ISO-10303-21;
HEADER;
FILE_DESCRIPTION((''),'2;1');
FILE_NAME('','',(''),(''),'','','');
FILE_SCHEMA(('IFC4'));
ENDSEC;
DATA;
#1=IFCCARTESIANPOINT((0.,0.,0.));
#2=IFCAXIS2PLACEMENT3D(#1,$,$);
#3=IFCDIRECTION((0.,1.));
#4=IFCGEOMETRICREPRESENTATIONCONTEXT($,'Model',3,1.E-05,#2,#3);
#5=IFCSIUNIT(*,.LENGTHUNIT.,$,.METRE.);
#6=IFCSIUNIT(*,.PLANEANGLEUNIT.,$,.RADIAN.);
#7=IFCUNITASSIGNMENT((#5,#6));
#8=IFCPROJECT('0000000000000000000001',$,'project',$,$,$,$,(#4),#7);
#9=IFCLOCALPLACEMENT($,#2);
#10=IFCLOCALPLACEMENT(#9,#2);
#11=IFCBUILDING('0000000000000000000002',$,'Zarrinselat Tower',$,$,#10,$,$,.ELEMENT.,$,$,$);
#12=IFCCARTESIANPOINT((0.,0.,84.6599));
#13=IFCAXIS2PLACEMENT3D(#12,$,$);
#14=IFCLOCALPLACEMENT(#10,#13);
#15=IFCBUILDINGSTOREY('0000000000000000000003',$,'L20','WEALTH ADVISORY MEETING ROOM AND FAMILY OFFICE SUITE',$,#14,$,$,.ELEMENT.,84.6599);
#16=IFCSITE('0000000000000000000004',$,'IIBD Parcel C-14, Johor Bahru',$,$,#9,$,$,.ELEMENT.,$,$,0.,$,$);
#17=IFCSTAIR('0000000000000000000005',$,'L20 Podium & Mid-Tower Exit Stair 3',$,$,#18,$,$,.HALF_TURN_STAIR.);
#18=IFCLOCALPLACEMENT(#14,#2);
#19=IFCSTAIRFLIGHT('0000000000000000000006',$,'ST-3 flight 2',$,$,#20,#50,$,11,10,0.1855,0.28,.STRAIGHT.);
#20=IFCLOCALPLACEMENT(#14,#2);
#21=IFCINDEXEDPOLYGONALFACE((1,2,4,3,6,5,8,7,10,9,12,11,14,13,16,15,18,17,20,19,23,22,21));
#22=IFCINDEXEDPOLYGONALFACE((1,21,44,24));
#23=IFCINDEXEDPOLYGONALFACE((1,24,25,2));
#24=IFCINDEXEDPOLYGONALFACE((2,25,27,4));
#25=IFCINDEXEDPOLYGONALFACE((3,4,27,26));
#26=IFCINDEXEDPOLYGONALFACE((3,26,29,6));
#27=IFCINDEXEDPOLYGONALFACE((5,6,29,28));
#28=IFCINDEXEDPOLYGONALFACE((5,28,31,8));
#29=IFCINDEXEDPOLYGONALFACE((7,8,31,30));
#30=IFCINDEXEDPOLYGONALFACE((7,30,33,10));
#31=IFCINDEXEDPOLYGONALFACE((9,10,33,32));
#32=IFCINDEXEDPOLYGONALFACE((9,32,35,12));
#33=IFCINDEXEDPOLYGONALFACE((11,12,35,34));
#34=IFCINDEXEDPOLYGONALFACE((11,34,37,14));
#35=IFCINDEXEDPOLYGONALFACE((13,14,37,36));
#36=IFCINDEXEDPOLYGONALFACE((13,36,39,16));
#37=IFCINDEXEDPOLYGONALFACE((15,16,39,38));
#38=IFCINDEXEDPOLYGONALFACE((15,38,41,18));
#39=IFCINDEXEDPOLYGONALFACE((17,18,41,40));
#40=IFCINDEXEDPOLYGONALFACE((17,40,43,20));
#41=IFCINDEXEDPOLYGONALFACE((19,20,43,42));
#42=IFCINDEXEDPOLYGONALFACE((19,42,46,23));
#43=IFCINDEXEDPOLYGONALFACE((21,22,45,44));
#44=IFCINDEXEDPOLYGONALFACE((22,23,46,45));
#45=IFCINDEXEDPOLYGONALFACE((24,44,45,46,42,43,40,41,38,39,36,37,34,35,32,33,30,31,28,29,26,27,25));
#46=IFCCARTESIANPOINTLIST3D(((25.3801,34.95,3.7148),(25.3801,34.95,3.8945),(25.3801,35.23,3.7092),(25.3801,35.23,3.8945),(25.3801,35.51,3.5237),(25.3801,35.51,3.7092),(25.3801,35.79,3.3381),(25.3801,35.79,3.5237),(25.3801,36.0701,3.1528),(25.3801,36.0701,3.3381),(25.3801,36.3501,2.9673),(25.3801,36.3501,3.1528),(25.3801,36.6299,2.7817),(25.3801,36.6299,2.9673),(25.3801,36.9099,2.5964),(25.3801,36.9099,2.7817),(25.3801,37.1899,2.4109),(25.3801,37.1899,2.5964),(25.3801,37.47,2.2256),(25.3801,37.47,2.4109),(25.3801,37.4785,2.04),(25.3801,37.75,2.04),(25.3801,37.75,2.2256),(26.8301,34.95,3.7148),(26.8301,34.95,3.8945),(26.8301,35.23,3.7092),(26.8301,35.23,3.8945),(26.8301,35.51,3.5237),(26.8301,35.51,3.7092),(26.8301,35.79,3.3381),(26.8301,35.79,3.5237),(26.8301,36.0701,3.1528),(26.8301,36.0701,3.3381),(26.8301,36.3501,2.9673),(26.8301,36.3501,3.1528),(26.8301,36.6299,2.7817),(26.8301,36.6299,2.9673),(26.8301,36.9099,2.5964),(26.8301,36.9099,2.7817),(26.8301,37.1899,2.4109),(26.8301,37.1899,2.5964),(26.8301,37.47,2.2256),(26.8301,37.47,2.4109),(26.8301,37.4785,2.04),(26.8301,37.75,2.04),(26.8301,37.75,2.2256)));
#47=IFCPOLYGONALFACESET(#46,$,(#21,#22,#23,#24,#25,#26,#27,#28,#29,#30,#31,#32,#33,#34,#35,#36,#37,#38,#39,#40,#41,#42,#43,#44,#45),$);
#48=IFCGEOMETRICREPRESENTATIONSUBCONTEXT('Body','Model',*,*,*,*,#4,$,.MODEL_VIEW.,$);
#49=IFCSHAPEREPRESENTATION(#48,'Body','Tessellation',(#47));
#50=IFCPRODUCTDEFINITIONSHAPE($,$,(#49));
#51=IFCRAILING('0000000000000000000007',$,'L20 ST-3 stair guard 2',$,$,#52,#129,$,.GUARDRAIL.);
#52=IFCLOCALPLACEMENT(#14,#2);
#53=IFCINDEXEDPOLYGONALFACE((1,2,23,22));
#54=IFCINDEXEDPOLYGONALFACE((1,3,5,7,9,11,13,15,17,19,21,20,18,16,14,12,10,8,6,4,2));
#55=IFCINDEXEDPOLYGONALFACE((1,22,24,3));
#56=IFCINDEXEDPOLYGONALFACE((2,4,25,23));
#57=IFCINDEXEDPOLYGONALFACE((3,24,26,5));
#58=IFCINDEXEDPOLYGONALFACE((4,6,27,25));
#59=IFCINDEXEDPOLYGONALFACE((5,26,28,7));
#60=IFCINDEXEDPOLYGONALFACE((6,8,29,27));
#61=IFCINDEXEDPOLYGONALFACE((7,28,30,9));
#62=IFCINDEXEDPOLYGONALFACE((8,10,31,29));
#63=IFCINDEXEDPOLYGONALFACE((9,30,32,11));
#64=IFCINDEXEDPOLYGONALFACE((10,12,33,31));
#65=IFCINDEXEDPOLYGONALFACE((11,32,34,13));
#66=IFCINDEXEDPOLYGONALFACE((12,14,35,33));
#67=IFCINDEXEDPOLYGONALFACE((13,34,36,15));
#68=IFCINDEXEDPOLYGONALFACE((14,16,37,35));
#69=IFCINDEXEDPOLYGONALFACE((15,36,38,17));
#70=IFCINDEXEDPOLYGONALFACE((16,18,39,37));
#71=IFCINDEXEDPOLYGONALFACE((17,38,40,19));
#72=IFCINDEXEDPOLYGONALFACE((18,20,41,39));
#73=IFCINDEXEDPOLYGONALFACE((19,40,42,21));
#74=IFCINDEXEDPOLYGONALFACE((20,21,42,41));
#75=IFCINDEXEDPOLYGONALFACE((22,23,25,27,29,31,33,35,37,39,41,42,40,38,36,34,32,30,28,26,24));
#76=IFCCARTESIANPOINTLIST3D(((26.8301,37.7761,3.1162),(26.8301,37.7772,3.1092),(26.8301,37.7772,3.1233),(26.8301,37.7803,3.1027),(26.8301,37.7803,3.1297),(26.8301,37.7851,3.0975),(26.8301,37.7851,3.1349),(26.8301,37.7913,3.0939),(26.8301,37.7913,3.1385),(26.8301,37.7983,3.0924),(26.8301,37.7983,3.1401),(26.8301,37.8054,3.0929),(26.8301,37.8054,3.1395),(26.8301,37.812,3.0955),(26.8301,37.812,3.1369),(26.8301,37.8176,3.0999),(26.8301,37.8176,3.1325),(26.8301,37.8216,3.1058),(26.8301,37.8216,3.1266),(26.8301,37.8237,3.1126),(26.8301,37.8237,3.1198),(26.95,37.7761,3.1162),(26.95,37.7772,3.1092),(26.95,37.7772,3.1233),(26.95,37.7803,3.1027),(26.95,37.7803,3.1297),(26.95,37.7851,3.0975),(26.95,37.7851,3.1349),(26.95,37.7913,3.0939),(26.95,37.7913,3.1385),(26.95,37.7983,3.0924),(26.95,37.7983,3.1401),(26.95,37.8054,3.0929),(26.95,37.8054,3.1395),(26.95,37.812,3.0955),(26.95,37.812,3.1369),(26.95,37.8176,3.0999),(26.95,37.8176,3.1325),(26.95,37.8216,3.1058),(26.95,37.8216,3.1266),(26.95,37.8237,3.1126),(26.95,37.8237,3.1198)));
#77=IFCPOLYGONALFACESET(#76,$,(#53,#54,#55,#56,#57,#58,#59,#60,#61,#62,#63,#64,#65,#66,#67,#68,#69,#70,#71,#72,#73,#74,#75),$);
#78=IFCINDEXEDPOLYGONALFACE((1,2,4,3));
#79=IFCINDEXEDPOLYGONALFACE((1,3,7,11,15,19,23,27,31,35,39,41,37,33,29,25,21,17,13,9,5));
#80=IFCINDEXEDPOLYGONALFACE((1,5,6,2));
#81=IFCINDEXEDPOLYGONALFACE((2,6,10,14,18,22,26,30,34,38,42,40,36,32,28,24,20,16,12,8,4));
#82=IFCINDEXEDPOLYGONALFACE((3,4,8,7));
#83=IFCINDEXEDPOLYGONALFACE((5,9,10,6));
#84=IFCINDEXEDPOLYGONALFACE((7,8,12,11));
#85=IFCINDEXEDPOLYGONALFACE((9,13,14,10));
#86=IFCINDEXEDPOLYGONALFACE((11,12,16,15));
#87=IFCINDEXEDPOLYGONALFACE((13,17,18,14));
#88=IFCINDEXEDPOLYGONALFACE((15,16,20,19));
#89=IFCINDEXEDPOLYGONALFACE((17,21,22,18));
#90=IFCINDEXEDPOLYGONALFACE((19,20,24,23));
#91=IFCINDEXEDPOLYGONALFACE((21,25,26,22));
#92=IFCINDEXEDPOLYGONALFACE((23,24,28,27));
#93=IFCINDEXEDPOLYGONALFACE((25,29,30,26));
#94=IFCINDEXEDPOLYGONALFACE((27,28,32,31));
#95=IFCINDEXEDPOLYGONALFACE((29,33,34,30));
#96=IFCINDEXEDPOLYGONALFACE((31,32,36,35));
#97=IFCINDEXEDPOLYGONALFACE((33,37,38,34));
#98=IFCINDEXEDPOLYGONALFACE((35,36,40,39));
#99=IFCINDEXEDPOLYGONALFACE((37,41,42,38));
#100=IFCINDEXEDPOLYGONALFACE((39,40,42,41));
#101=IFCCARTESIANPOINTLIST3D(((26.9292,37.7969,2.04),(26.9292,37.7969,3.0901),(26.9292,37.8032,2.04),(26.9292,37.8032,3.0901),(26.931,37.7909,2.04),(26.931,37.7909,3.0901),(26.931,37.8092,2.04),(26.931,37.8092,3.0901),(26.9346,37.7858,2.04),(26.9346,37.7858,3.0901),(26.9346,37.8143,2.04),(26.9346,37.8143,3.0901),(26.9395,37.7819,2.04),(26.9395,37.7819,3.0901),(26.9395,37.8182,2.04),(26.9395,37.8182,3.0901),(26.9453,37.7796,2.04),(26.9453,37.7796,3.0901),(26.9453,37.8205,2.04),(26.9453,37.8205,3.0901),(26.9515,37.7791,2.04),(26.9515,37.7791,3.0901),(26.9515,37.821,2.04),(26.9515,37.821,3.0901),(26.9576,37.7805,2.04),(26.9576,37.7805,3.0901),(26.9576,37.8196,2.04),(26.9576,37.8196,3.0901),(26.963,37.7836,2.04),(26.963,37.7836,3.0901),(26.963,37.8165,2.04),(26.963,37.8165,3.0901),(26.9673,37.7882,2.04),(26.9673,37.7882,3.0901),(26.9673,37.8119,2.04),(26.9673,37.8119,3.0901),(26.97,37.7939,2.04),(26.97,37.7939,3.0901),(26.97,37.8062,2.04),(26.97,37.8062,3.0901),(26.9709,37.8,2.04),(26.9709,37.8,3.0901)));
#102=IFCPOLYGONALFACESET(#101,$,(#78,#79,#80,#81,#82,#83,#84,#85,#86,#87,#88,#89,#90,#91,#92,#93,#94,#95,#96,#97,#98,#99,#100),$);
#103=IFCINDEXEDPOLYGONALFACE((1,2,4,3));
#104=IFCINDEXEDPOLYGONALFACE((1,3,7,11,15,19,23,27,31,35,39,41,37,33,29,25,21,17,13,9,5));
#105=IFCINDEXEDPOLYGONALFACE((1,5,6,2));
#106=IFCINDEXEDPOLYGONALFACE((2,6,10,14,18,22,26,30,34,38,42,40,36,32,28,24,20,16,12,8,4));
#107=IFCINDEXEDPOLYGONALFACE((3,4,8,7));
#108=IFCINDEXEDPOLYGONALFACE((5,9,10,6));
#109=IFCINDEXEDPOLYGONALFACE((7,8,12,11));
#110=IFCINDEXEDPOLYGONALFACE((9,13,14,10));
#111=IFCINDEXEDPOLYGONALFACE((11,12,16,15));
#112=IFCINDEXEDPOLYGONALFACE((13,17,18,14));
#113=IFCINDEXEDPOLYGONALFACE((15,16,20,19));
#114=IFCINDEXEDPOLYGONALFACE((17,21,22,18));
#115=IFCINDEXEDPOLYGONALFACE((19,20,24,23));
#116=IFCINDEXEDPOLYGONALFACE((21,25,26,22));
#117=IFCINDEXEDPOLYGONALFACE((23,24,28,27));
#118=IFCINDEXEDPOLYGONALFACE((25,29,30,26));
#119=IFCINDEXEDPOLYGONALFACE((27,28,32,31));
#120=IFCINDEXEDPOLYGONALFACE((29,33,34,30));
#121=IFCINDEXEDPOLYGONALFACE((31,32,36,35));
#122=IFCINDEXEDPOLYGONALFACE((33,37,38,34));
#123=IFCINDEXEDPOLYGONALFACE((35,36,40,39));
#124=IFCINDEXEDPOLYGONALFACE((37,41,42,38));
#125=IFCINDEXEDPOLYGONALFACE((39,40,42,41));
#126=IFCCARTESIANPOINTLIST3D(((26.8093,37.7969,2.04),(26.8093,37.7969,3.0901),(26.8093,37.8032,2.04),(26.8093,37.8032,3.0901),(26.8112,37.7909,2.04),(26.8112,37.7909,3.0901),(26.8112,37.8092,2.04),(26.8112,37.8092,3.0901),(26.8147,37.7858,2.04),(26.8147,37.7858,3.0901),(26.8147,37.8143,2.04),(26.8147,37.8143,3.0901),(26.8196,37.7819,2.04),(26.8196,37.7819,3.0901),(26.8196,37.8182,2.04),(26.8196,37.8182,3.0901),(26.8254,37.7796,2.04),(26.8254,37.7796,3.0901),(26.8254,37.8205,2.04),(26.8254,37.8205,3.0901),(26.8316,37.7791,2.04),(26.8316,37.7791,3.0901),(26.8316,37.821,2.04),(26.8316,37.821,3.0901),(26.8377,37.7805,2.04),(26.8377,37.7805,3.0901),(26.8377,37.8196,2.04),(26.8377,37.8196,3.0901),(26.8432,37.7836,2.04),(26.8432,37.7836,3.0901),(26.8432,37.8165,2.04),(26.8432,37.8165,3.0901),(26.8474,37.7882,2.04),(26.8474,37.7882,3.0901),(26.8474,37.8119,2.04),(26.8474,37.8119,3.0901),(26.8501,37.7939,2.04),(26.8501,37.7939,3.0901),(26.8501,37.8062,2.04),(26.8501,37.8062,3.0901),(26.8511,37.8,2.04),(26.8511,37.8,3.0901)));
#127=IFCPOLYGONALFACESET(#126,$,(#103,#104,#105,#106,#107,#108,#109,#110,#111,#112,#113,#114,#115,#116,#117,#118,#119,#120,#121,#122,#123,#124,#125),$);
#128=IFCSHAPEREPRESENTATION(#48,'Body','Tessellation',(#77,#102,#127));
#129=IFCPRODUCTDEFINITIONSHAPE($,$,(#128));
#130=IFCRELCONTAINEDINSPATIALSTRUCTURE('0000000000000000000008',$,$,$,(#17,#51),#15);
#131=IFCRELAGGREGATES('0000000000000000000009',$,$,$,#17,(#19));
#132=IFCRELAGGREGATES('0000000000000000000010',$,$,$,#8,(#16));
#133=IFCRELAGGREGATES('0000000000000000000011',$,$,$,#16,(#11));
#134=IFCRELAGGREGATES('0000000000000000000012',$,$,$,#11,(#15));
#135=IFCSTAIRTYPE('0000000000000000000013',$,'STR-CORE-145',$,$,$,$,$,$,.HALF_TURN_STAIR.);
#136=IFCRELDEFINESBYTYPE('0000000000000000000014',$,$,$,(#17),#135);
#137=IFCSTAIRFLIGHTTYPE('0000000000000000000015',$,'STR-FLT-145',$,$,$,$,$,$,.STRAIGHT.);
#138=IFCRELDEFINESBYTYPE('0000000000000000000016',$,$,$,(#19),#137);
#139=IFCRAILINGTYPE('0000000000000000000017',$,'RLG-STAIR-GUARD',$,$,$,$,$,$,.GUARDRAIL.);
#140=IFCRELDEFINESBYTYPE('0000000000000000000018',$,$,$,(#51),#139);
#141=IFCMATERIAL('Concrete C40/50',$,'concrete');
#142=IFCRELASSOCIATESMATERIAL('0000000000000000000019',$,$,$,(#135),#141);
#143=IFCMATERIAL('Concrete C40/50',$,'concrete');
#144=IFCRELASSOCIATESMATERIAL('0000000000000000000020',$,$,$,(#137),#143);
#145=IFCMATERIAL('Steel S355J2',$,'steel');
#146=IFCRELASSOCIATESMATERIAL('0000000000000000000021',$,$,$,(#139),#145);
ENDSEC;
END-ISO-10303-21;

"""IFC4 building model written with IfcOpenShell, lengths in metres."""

from ifc_helpers import new_model, si_unit, direction, frame, origin, origin_2d, place, context, subcontext, project, spatial, polyline, circle, outline, extrude, material, type_object, element, aggregate, save


model = new_model("IFC4")

# Units and contexts
model_context = context("Model", 3, precision=1e-05, world=origin(), true_north=direction((0.0, 1.0)))
body_context = subcontext(model_context, "Body", "Model", "MODEL_VIEW")
ifc_project = project(units=[si_unit("LENGTHUNIT", "METRE"), si_unit("PLANEANGLEUNIT", "RADIAN")], contexts=[model_context])

# Site, building, storey
site_placement = place(None, origin())
site = spatial("IfcSite", under=ifc_project, at=site_placement, Name="IIBD Parcel C-14, Johor Bahru", CompositionType="ELEMENT", RefElevation=0.0)
building_placement = place(site_placement, origin())
building = spatial("IfcBuilding", under=site, at=building_placement, Name="Zarrinselat Tower", CompositionType="ELEMENT")
storey_placement = place(building_placement, frame((0.0, 0.0, 84.6599)))
storey = spatial("IfcBuildingStorey", under=building, at=storey_placement, Name="L20", Description="WEALTH ADVISORY MEETING ROOM AND FAMILY OFFICE SUITE", CompositionType="ELEMENT", Elevation=84.6599)

# Stair, stair flight
ifc_material_1 = material(Name="Concrete C40/50", Category="concrete")
stair_type = type_object("IfcStairType", Name="STR-CORE-145", PredefinedType="HALF_TURN_STAIR", material=ifc_material_1)
stair_placement = place(storey_placement, origin())
stair = element("IfcStair", 1, at=stair_placement, inside=storey, type_object=stair_type, Name="L20 Podium & Mid-Tower Exit Stair 3", PredefinedType="HALF_TURN_STAIR")
ifc_material_2 = material(Name="Concrete C40/50", Category="concrete")
stair_flight_type = type_object("IfcStairFlightType", Name="STR-FLT-145", PredefinedType="STRAIGHT", material=ifc_material_2)
stair_flight_placement = place(storey_placement, frame((26.105, 37.75, 2.04), z_axis=(0.0, 0.0, 1.0), x_axis=(0.0, -1.0, 0.0)))
stair_flight = element("IfcStairFlight", 2, at=stair_flight_placement, type_object=stair_flight_type, Name="ST-3 flight 2", NumberOfRisers=11, NumberOfTreads=10, PredefinedType="STRAIGHT", RiserHeight=0.1855, TreadLength=0.28, context=body_context, shape_type="SweptSolid", body=[
    extrude(outline(polyline([(0.0, 0.0), (0.0, 0.1855), (0.28, 0.1855), (0.28, 0.3708), (0.5601, 0.3708), (0.5601, 0.5564), (0.8401, 0.5564), (0.8401, 0.7417), (1.1201, 0.7417), (1.1201, 0.9272), (1.3999, 0.9272), (1.3999, 1.1128), (1.6799, 1.1128), (1.6799, 1.2981), (1.96, 1.2981), (1.96, 1.4836), (2.24, 1.4836), (2.24, 1.6692), (2.52, 1.6692), (2.52, 1.8545), (2.8, 1.8545), (2.8, 2.04), (2.8, 1.6748), (0.2715, 0.0), (0.0, 0.0)])), frame((0.0, 0.7251, 0.0), z_axis=(0.0, -1.0, 0.0), x_axis=(1.0, 0.0, 0.0)), (0.0, 0.0, 1.0), 1.45),
])
aggregate(stair, [stair_flight])

# Railing
ifc_material_3 = material(Name="Steel S355J2", Category="steel")
railing_type_1 = type_object("IfcRailingType", Name="RLG-STAIR-GUARD", PredefinedType="GUARDRAIL", material=ifc_material_3)
railing_1_placement = place(storey_placement, frame((26.95, 37.8, 2.04)))
element("IfcRailing", 3, at=railing_1_placement, inside=storey, type_object=railing_type_1, Name="L20 ST-3 stair guard 2", PredefinedType="GUARDRAIL", context=body_context, shape_type="SweptSolid", body=[
    extrude(circle(Radius=0.0239, at=origin_2d()), frame((0.0, 0.0, 1.0762), z_axis=(-1.0, 0.0, 0.0), x_axis=(0.0, -1.0, 0.0)), (0.0, 0.0, 1.0), 0.1199),
    extrude(circle(Radius=0.021, at=origin_2d()), origin(), (0.0, 0.0, 1.0), 1.05),
    extrude(circle(Radius=0.021, at=origin_2d()), frame((-0.1199, 0.0, 0.0)), (0.0, 0.0, 1.0), 1.05),
])

save(model, "model.ifc")
